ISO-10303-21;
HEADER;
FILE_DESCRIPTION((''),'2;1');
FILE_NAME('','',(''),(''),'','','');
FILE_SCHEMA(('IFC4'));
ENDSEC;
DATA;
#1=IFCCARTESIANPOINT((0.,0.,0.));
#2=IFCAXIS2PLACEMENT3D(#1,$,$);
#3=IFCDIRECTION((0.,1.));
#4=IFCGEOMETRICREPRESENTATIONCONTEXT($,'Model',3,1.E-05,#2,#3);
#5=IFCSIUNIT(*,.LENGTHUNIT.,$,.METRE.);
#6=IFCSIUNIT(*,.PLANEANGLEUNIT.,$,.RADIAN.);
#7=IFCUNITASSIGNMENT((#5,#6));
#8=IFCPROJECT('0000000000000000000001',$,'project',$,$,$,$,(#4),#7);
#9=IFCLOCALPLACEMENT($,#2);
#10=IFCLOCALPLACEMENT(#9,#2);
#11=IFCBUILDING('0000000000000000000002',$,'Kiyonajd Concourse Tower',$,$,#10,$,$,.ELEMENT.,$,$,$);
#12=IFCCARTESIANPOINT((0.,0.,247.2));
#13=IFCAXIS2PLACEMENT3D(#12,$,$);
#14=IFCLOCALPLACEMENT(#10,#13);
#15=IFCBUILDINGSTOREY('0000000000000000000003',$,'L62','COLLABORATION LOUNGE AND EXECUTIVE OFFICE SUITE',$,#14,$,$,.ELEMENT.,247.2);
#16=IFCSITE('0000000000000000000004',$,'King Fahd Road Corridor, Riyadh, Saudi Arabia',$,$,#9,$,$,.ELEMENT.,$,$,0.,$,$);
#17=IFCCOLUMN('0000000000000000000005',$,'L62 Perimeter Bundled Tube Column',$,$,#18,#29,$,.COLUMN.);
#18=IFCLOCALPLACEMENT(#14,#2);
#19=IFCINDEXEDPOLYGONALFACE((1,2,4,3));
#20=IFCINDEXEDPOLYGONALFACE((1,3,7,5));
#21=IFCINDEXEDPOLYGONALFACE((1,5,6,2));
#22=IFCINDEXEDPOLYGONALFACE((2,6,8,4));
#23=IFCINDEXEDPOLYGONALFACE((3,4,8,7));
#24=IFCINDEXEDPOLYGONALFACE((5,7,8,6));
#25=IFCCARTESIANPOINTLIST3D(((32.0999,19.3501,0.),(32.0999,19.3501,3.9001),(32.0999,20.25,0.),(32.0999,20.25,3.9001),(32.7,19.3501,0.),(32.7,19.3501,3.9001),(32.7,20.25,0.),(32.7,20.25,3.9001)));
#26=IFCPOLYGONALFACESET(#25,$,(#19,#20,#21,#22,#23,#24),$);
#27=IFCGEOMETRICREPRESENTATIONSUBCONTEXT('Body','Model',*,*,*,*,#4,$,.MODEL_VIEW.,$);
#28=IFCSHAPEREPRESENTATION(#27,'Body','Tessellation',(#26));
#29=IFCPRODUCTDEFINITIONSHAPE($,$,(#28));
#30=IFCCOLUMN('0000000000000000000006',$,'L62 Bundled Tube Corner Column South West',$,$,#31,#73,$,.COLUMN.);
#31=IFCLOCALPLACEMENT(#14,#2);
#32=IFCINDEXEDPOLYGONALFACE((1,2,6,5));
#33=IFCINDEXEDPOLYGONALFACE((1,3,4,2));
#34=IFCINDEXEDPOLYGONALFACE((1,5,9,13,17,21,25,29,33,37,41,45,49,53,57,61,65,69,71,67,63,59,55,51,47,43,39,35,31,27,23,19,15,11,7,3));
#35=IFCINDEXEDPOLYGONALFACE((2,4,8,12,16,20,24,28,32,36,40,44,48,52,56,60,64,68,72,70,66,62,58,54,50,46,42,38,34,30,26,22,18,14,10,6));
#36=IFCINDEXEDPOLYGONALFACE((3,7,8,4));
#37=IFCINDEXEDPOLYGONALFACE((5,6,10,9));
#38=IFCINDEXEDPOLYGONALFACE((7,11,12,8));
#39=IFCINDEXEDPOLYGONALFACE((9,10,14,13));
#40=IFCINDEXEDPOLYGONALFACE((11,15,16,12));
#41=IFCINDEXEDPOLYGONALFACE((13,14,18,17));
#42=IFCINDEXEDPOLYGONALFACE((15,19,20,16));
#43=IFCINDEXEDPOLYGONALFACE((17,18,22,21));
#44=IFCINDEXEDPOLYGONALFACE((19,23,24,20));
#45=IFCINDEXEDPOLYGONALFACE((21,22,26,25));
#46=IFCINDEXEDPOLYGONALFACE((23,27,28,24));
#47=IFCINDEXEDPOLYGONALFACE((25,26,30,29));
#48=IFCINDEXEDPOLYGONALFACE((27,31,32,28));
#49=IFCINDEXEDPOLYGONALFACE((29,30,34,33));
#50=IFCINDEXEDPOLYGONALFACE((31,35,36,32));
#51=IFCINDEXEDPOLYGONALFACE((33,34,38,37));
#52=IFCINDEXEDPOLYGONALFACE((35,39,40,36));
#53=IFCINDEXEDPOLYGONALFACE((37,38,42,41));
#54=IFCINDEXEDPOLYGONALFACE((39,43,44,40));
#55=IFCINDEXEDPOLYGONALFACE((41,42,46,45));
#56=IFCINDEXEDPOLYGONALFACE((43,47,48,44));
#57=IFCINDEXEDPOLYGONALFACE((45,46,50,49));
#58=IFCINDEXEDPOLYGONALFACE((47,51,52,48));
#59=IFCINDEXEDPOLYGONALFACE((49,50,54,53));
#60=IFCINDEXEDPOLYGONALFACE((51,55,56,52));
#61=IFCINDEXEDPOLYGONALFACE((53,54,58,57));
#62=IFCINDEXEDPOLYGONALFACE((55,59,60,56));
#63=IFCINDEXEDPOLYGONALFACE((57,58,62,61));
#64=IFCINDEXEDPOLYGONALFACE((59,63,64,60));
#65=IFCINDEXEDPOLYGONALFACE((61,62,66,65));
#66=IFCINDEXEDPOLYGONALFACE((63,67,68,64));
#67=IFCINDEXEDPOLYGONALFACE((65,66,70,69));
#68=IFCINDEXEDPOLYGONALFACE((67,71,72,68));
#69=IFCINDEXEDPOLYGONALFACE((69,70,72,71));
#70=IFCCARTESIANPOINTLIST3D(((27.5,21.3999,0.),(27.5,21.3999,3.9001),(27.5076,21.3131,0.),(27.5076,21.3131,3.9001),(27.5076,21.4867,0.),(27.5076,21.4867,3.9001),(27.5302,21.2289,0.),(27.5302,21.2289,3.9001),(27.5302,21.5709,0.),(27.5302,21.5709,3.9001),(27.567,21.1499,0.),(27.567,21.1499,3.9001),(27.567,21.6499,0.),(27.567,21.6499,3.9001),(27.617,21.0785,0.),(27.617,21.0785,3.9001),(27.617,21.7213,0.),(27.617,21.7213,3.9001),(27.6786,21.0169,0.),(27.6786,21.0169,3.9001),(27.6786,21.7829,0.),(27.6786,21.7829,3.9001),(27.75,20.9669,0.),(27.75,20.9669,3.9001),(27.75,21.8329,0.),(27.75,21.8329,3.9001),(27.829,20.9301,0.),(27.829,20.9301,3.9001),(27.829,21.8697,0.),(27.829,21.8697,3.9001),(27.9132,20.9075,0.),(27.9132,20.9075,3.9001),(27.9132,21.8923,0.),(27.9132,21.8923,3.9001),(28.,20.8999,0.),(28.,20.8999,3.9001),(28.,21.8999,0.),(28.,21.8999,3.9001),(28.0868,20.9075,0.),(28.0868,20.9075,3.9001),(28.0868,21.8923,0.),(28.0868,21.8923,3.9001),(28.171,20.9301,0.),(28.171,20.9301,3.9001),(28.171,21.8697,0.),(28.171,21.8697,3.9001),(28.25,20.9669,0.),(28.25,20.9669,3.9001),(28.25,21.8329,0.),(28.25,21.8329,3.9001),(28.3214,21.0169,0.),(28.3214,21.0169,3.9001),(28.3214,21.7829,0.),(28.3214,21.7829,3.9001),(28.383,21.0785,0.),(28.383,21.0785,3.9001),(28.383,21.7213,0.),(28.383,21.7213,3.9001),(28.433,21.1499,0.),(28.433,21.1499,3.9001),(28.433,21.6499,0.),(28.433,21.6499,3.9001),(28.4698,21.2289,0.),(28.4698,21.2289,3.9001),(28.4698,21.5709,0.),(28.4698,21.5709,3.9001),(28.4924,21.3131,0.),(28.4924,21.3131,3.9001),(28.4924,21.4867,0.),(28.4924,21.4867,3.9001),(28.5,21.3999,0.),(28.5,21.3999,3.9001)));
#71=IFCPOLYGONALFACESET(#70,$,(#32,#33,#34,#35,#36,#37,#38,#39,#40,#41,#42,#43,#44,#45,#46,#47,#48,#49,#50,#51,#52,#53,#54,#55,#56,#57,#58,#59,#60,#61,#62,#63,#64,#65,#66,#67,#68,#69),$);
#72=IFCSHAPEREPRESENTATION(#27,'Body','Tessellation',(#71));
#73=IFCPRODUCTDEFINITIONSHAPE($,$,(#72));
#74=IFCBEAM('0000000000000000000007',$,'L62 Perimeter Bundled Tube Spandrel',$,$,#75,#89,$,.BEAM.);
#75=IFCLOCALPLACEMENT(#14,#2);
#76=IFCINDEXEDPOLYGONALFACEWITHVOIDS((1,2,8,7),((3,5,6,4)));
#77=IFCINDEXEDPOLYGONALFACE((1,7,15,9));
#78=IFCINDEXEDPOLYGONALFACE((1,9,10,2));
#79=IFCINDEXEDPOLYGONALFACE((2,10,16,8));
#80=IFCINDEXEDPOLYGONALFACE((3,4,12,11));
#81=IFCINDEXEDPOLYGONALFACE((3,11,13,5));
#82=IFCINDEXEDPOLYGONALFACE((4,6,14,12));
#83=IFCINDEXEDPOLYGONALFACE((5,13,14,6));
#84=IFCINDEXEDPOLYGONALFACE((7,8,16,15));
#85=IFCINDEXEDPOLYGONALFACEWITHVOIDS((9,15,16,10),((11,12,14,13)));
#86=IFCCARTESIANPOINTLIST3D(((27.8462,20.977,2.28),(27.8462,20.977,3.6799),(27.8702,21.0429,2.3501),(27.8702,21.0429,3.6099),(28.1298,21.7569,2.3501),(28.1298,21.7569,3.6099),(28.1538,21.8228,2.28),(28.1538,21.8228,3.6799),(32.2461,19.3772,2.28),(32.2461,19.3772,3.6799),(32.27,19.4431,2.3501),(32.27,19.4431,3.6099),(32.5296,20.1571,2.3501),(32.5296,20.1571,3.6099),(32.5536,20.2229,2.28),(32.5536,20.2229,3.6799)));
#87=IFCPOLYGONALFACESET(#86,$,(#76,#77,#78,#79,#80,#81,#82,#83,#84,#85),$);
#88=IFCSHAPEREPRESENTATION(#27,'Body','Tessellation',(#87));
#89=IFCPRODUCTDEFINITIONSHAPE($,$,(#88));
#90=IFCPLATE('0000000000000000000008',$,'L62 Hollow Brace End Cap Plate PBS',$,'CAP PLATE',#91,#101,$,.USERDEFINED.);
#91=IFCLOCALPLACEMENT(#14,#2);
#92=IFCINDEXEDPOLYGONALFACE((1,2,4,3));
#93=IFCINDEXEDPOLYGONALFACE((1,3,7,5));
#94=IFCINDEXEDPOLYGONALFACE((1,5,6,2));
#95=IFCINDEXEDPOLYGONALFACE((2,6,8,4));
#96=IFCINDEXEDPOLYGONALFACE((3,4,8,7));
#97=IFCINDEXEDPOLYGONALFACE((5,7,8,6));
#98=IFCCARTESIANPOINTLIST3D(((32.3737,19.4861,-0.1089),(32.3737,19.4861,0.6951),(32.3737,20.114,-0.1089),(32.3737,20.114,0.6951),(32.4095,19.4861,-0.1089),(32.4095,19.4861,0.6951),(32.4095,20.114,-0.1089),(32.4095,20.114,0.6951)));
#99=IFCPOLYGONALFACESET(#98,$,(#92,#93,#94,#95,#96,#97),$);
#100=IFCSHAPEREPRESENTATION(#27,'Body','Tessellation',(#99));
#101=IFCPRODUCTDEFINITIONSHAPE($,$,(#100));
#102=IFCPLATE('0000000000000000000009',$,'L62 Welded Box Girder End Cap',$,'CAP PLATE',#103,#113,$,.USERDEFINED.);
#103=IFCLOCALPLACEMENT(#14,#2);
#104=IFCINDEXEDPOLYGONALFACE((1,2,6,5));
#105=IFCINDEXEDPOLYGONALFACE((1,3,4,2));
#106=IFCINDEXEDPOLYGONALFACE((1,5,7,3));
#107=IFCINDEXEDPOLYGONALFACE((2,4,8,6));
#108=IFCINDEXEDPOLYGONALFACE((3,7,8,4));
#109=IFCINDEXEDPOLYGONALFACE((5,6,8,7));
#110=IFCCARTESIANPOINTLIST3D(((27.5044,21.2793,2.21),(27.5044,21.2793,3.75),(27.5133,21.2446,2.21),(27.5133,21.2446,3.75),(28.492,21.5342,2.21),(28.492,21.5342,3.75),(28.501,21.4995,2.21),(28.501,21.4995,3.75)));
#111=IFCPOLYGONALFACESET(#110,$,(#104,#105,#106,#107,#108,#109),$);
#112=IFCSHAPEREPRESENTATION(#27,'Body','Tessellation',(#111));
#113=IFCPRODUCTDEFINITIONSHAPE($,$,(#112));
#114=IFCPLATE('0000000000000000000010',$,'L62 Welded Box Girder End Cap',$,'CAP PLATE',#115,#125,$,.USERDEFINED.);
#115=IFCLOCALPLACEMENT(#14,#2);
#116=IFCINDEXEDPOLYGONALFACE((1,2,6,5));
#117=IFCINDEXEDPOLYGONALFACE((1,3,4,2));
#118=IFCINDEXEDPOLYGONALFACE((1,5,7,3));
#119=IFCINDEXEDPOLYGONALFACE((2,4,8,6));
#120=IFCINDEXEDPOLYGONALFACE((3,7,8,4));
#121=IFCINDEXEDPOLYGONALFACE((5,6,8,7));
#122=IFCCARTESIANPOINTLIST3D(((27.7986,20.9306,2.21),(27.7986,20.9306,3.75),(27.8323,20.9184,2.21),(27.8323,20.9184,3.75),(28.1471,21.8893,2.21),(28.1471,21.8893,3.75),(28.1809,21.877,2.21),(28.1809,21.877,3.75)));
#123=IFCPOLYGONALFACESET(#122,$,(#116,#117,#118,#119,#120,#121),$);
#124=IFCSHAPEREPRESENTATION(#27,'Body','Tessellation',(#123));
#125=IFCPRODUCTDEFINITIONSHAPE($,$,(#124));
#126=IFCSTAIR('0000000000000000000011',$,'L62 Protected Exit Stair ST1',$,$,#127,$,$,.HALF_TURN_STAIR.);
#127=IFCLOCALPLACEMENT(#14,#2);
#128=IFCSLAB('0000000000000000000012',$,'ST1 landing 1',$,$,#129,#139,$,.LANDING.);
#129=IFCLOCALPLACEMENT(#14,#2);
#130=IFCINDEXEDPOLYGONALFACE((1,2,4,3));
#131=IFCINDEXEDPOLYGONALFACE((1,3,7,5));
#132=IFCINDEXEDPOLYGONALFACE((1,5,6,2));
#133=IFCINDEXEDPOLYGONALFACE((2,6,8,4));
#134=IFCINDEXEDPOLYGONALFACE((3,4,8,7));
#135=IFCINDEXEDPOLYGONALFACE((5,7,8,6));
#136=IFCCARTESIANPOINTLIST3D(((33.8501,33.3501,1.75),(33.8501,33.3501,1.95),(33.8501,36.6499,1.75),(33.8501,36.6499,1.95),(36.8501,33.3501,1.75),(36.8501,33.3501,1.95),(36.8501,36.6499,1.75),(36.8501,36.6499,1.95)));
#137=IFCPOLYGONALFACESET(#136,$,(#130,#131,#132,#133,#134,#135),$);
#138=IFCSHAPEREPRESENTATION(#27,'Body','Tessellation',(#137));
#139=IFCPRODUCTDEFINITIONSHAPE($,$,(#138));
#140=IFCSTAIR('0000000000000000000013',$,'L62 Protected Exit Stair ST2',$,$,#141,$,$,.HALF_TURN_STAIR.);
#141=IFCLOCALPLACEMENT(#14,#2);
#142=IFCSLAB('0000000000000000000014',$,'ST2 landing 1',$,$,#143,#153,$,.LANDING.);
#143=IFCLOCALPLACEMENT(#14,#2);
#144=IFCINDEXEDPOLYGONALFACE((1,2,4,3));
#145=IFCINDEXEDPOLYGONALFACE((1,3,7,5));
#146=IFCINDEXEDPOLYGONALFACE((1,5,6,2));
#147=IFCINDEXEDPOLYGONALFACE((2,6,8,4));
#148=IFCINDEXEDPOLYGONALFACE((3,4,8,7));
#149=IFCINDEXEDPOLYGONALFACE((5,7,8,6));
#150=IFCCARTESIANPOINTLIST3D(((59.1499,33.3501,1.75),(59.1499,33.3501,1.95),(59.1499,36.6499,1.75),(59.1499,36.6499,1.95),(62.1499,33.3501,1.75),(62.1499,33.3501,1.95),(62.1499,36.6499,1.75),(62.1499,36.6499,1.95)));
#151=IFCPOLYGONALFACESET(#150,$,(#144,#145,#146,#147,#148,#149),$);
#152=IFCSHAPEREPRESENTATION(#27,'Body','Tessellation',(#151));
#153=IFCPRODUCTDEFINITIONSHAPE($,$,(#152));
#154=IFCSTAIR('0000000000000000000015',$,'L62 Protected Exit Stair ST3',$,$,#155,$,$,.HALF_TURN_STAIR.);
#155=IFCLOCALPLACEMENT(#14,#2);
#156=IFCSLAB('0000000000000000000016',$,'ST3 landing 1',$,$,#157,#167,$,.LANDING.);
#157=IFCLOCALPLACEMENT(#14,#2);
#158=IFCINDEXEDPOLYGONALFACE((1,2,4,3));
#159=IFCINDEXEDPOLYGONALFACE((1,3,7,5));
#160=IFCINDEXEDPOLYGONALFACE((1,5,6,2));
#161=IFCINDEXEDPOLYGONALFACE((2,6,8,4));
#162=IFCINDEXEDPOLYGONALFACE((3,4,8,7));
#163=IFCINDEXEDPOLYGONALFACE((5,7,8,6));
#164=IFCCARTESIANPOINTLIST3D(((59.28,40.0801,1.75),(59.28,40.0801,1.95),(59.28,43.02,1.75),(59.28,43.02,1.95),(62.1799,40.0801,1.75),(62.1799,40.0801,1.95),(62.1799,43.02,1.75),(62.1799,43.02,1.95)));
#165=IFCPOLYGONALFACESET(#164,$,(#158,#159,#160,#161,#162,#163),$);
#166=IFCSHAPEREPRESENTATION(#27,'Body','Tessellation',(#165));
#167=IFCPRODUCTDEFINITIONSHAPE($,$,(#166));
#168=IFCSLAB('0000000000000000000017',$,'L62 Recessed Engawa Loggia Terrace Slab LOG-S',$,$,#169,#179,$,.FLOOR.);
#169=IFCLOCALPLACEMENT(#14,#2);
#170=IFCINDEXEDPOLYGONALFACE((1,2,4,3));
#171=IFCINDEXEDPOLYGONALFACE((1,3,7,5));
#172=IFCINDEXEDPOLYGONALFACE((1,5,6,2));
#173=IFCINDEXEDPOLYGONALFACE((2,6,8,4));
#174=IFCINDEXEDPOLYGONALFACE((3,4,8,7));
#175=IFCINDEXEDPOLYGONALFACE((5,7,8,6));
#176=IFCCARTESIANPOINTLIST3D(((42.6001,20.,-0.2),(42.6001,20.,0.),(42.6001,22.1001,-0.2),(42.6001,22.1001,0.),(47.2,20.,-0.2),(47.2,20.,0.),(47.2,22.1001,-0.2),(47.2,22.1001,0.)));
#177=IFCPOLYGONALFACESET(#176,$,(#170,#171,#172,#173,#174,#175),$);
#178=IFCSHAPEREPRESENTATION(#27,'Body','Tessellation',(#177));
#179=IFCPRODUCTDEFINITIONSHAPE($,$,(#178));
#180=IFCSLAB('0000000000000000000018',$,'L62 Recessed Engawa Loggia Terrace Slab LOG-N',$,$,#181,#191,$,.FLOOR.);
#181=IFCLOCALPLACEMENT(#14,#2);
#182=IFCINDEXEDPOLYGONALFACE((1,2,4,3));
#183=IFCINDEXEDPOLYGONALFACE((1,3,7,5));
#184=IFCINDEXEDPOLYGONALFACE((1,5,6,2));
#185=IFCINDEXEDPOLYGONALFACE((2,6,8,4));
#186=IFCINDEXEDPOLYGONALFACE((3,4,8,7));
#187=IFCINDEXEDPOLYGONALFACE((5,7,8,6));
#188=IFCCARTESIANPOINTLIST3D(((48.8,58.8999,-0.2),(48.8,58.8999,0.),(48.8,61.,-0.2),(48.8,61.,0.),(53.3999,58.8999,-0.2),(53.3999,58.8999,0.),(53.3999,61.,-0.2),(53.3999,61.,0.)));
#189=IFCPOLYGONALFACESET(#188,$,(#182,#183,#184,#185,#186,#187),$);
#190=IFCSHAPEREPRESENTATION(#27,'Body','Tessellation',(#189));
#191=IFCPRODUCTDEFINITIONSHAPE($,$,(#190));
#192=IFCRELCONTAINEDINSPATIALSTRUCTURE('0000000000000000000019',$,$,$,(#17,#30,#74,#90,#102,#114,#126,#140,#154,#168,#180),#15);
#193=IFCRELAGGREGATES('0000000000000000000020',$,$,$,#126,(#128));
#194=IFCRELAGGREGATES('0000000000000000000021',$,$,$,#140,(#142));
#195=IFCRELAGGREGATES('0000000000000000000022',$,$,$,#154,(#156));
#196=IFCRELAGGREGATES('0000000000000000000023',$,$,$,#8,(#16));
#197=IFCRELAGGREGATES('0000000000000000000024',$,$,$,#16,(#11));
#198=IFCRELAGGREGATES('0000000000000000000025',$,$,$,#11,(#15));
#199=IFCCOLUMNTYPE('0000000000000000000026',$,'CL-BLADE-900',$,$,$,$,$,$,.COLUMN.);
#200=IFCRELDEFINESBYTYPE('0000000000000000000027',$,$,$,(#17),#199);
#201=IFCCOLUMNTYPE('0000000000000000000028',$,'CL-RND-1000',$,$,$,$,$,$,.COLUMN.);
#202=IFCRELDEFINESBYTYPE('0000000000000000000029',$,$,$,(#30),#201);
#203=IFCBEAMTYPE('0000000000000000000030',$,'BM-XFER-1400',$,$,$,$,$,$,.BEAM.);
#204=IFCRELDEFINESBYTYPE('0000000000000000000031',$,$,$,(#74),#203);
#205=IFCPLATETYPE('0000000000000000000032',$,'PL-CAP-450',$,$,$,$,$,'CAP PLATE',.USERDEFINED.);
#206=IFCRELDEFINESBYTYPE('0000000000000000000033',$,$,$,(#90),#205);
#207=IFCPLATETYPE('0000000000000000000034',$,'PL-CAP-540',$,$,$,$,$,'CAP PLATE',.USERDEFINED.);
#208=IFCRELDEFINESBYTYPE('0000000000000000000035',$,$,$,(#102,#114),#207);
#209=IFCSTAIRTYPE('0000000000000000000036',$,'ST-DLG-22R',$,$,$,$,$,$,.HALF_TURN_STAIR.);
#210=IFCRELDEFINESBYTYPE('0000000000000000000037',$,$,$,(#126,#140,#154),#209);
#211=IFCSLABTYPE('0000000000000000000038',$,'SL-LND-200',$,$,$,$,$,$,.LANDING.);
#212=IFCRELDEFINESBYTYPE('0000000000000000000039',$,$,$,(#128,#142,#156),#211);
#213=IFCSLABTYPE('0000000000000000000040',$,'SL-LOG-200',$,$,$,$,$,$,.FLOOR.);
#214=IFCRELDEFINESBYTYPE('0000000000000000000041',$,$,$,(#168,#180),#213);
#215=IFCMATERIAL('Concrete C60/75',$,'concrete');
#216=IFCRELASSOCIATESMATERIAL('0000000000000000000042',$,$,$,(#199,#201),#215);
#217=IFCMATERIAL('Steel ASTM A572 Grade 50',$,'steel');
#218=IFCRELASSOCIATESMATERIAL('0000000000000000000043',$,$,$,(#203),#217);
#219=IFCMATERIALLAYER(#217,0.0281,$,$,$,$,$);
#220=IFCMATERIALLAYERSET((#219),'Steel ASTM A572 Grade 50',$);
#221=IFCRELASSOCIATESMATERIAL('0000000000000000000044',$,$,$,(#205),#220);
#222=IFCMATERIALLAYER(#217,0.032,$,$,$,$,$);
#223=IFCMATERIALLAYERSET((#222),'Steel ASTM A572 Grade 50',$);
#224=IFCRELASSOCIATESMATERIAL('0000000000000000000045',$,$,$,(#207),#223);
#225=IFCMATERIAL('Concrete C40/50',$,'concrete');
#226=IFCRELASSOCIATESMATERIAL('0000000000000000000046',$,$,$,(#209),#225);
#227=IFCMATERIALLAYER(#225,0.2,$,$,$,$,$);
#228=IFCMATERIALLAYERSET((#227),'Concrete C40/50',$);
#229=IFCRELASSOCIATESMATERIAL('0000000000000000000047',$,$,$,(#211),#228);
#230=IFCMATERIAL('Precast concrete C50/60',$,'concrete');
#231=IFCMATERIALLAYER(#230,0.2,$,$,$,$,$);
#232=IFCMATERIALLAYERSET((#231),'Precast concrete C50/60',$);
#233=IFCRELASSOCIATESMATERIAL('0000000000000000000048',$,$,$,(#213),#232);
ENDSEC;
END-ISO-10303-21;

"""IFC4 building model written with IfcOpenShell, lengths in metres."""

from ifc_helpers import new_model, si_unit, direction, frame, origin, origin_2d, place, context, subcontext, project, spatial, polyline, rectangle, hollow_rectangle, circle, outline, extrude, material, layer, layer_set, material_profile, profile_set, type_object, element, aggregate, save


model = new_model("IFC4")

# Units and contexts
model_context = context("Model", 3, precision=1e-05, world=origin(), true_north=direction((0.0, 1.0)))
body_context = subcontext(model_context, "Body", "Model", "MODEL_VIEW")
ifc_project = project(units=[si_unit("LENGTHUNIT", "METRE"), si_unit("PLANEANGLEUNIT", "RADIAN")], contexts=[model_context])

# Site, building, storey
site_placement = place(None, origin())
site = spatial("IfcSite", under=ifc_project, at=site_placement, Name="King Fahd Road Corridor, Riyadh, Saudi Arabia", CompositionType="ELEMENT", RefElevation=0.0)
building_placement = place(site_placement, origin())
building = spatial("IfcBuilding", under=site, at=building_placement, Name="Kiyonajd Concourse Tower", CompositionType="ELEMENT")
storey_placement = place(building_placement, frame((0.0, 0.0, 247.2)))
storey = spatial("IfcBuildingStorey", under=building, at=storey_placement, Name="L62", Description="COLLABORATION LOUNGE AND EXECUTIVE OFFICE SUITE", CompositionType="ELEMENT", Elevation=247.2)

# Columns
ifc_material_1 = material(Name="Concrete C60/75", Category="concrete")
ifc_material_profile_1 = material_profile(ifc_material_1, rectangle(XDim=0.6001, YDim=0.8999, at=origin_2d()), Name="RC-900x600")
ifc_profile_set_1 = profile_set([ifc_material_profile_1], Name="Concrete C60/75")
column_type_1 = type_object("IfcColumnType", Name="CL-BLADE-900", PredefinedType="COLUMN", material=ifc_profile_set_1)
column_1_placement = place(storey_placement, frame((32.3999, 19.8, 0.0), z_axis=(0.0, 0.0, 1.0), x_axis=(1.0, 0.0, 0.0)))
element("IfcColumn", 1, at=column_1_placement, inside=storey, type_object=column_type_1, Name="L62 Perimeter Bundled Tube Column", PredefinedType="COLUMN", context=body_context, shape_type="SweptSolid", body=[
    extrude(rectangle(XDim=0.6001, YDim=0.8999, at=origin_2d()), origin(), (0.0, 0.0, 1.0), 3.9001),
])
ifc_material_profile_2 = material_profile(ifc_material_1, circle(Radius=0.5, at=origin_2d()), Name="RCC-D1000")
ifc_profile_set_2 = profile_set([ifc_material_profile_2], Name="Concrete C60/75")
column_type_2 = type_object("IfcColumnType", Name="CL-RND-1000", PredefinedType="COLUMN", material=ifc_profile_set_2)
column_2_placement = place(storey_placement, frame((28.0, 21.3999, 0.0), z_axis=(0.0, 0.0, 1.0), x_axis=(1.0, 0.0, 0.0)))
element("IfcColumn", 2, at=column_2_placement, inside=storey, type_object=column_type_2, Name="L62 Bundled Tube Corner Column South West", PredefinedType="COLUMN", context=body_context, shape_type="SweptSolid", body=[
    extrude(circle(Radius=0.5, at=origin_2d()), origin(), (0.0, 0.0, 1.0), 3.9001),
])

# Beam
ifc_material_2 = material(Name="Steel ASTM A572 Grade 50", Category="steel")
ifc_material_profile_3 = material_profile(ifc_material_2, hollow_rectangle(XDim=0.8999, YDim=1.3999, WallThickness=0.0701, at=origin_2d()), Name="BOX-1400x900x70")
ifc_profile_set_3 = profile_set([ifc_material_profile_3], Name="Steel ASTM A572 Grade 50")
beam_type = type_object("IfcBeamType", Name="BM-XFER-1400", PredefinedType="BEAM", material=ifc_profile_set_3)
beam_placement = place(storey_placement, frame((28.0, 21.3999, 2.98), z_axis=(0.939801, -0.341722, 0.0), x_axis=(0.341722, 0.939801, 0.0)))
element("IfcBeam", 3, at=beam_placement, inside=storey, type_object=beam_type, Name="L62 Perimeter Bundled Tube Spandrel", PredefinedType="BEAM", context=body_context, shape_type="SweptSolid", body=[
    extrude(hollow_rectangle(XDim=0.8999, YDim=1.3999, WallThickness=0.0701, at=origin_2d()), origin(), (0.0, 0.0, 1.0), 4.6816),
])

# Plates
ifc_layer_1 = layer(ifc_material_2, 0.0281)
ifc_layer_set_1 = layer_set([ifc_layer_1], Name="Steel ASTM A572 Grade 50")
plate_type_1 = type_object("IfcPlateType", Name="PL-CAP-450", ElementType="CAP PLATE", PredefinedType="USERDEFINED", material=ifc_layer_set_1)
plate_placement = place(storey_placement, frame((32.3916, 19.8, -0.1089), z_axis=(0.0, 0.0, 1.0), x_axis=(-1.0, 0.0, 0.0)))
element("IfcPlate", 4, at=plate_placement, inside=storey, type_object=plate_type_1, Name="L62 Hollow Brace End Cap Plate PBS", ObjectType="CAP PLATE", PredefinedType="USERDEFINED", context=body_context, shape_type="SweptSolid", body=[
    extrude(rectangle(XDim=0.0359, YDim=0.6279, at=origin_2d()), origin(), (0.0, 0.0, 1.0), 0.804),
])
ifc_layer_2 = layer(ifc_material_2, 0.032)
ifc_layer_set_2 = layer_set([ifc_layer_2], Name="Steel ASTM A572 Grade 50")
plate_type_2 = type_object("IfcPlateType", Name="PL-CAP-540", ElementType="CAP PLATE", PredefinedType="USERDEFINED", material=ifc_layer_set_2)
for number, where, z_axis, x_axis, name in (
    (5, (28.0027, 21.3894, 2.21), (0.0, 0.0, 1.0), (0.249873, -0.968279, 0.0), "L62 Welded Box Girder End Cap"),
    (6, (27.9897, 21.4038, 2.21), (0.0, 0.0, 1.0), (-0.939812, 0.341692, 0.0), "L62 Welded Box Girder End Cap"),
):
    element("IfcPlate", number, at=place(storey_placement, frame(where, z_axis=z_axis, x_axis=x_axis)), inside=storey, type_object=plate_type_2, Name=name, ObjectType="CAP PLATE", PredefinedType="USERDEFINED", context=body_context, shape_type="SweptSolid", body=[
        extrude(rectangle(XDim=0.0359, YDim=1.02, at=origin_2d()), origin(), (0.0, 0.0, 1.0), 1.54),
    ])

# Stairs, slabs
ifc_material_3 = material(Name="Concrete C40/50", Category="concrete")
stair_type = type_object("IfcStairType", Name="ST-DLG-22R", PredefinedType="HALF_TURN_STAIR", material=ifc_material_3)
stair_1_placement = place(storey_placement, origin())
stair_1 = element("IfcStair", 7, at=stair_1_placement, inside=storey, type_object=stair_type, Name="L62 Protected Exit Stair ST1", PredefinedType="HALF_TURN_STAIR")
ifc_layer_3 = layer(ifc_material_3, 0.2)
ifc_layer_set_3 = layer_set([ifc_layer_3], Name="Concrete C40/50")
slab_type_1 = type_object("IfcSlabType", Name="SL-LND-200", PredefinedType="LANDING", material=ifc_layer_set_3)
slab_1_placement = place(storey_placement, frame((0.0, 0.0, 1.75)))
slab_1 = element("IfcSlab", 8, at=slab_1_placement, type_object=slab_type_1, Name="ST1 landing 1", PredefinedType="LANDING", context=body_context, shape_type="SweptSolid", body=[
    extrude(outline(polyline([(36.8501, 33.3501), (36.8501, 36.6499), (33.8501, 36.6499), (33.8501, 33.3501), (36.8501, 33.3501)])), origin(), (0.0, 0.0, 1.0), 0.2),
])
aggregate(stair_1, [slab_1])
stair_2_placement = place(storey_placement, origin())
stair_2 = element("IfcStair", 9, at=stair_2_placement, inside=storey, type_object=stair_type, Name="L62 Protected Exit Stair ST2", PredefinedType="HALF_TURN_STAIR")
slab_2_placement = place(storey_placement, frame((0.0, 0.0, 1.75)))
slab_2 = element("IfcSlab", 10, at=slab_2_placement, type_object=slab_type_1, Name="ST2 landing 1", PredefinedType="LANDING", context=body_context, shape_type="SweptSolid", body=[
    extrude(outline(polyline([(62.1499, 33.3501), (62.1499, 36.6499), (59.1499, 36.6499), (59.1499, 33.3501), (62.1499, 33.3501)])), origin(), (0.0, 0.0, 1.0), 0.2),
])
aggregate(stair_2, [slab_2])
stair_3_placement = place(storey_placement, origin())
stair_3 = element("IfcStair", 11, at=stair_3_placement, inside=storey, type_object=stair_type, Name="L62 Protected Exit Stair ST3", PredefinedType="HALF_TURN_STAIR")
slab_3_placement = place(storey_placement, frame((0.0, 0.0, 1.75)))
slab_3 = element("IfcSlab", 12, at=slab_3_placement, type_object=slab_type_1, Name="ST3 landing 1", PredefinedType="LANDING", context=body_context, shape_type="SweptSolid", body=[
    extrude(outline(polyline([(59.28, 40.0801), (62.1799, 40.0801), (62.1799, 43.02), (59.28, 43.02), (59.28, 40.0801)])), origin(), (0.0, 0.0, 1.0), 0.2),
])
aggregate(stair_3, [slab_3])

# Slabs
ifc_material_4 = material(Name="Precast concrete C50/60", Category="concrete")
ifc_layer_4 = layer(ifc_material_4, 0.2)
ifc_layer_set_4 = layer_set([ifc_layer_4], Name="Precast concrete C50/60")
slab_type_2 = type_object("IfcSlabType", Name="SL-LOG-200", PredefinedType="FLOOR", material=ifc_layer_set_4)
slab_4_placement = place(storey_placement, frame((0.0, 0.0, -0.2)))
element("IfcSlab", 13, at=slab_4_placement, inside=storey, type_object=slab_type_2, Name="L62 Recessed Engawa Loggia Terrace Slab LOG-S", PredefinedType="FLOOR", context=body_context, shape_type="SweptSolid", body=[
    extrude(outline(polyline([(42.6001, 20.0), (47.2, 20.0), (47.2, 22.1001), (42.6001, 22.1001), (42.6001, 20.0)])), origin(), (0.0, 0.0, 1.0), 0.2),
])
slab_5_placement = place(storey_placement, frame((0.0, 0.0, -0.2)))
element("IfcSlab", 14, at=slab_5_placement, inside=storey, type_object=slab_type_2, Name="L62 Recessed Engawa Loggia Terrace Slab LOG-N", PredefinedType="FLOOR", context=body_context, shape_type="SweptSolid", body=[
    extrude(outline(polyline([(48.8, 58.8999), (53.3999, 58.8999), (53.3999, 61.0), (48.8, 61.0), (48.8, 58.8999)])), origin(), (0.0, 0.0, 1.0), 0.2),
])

save(model, "model.ifc")
